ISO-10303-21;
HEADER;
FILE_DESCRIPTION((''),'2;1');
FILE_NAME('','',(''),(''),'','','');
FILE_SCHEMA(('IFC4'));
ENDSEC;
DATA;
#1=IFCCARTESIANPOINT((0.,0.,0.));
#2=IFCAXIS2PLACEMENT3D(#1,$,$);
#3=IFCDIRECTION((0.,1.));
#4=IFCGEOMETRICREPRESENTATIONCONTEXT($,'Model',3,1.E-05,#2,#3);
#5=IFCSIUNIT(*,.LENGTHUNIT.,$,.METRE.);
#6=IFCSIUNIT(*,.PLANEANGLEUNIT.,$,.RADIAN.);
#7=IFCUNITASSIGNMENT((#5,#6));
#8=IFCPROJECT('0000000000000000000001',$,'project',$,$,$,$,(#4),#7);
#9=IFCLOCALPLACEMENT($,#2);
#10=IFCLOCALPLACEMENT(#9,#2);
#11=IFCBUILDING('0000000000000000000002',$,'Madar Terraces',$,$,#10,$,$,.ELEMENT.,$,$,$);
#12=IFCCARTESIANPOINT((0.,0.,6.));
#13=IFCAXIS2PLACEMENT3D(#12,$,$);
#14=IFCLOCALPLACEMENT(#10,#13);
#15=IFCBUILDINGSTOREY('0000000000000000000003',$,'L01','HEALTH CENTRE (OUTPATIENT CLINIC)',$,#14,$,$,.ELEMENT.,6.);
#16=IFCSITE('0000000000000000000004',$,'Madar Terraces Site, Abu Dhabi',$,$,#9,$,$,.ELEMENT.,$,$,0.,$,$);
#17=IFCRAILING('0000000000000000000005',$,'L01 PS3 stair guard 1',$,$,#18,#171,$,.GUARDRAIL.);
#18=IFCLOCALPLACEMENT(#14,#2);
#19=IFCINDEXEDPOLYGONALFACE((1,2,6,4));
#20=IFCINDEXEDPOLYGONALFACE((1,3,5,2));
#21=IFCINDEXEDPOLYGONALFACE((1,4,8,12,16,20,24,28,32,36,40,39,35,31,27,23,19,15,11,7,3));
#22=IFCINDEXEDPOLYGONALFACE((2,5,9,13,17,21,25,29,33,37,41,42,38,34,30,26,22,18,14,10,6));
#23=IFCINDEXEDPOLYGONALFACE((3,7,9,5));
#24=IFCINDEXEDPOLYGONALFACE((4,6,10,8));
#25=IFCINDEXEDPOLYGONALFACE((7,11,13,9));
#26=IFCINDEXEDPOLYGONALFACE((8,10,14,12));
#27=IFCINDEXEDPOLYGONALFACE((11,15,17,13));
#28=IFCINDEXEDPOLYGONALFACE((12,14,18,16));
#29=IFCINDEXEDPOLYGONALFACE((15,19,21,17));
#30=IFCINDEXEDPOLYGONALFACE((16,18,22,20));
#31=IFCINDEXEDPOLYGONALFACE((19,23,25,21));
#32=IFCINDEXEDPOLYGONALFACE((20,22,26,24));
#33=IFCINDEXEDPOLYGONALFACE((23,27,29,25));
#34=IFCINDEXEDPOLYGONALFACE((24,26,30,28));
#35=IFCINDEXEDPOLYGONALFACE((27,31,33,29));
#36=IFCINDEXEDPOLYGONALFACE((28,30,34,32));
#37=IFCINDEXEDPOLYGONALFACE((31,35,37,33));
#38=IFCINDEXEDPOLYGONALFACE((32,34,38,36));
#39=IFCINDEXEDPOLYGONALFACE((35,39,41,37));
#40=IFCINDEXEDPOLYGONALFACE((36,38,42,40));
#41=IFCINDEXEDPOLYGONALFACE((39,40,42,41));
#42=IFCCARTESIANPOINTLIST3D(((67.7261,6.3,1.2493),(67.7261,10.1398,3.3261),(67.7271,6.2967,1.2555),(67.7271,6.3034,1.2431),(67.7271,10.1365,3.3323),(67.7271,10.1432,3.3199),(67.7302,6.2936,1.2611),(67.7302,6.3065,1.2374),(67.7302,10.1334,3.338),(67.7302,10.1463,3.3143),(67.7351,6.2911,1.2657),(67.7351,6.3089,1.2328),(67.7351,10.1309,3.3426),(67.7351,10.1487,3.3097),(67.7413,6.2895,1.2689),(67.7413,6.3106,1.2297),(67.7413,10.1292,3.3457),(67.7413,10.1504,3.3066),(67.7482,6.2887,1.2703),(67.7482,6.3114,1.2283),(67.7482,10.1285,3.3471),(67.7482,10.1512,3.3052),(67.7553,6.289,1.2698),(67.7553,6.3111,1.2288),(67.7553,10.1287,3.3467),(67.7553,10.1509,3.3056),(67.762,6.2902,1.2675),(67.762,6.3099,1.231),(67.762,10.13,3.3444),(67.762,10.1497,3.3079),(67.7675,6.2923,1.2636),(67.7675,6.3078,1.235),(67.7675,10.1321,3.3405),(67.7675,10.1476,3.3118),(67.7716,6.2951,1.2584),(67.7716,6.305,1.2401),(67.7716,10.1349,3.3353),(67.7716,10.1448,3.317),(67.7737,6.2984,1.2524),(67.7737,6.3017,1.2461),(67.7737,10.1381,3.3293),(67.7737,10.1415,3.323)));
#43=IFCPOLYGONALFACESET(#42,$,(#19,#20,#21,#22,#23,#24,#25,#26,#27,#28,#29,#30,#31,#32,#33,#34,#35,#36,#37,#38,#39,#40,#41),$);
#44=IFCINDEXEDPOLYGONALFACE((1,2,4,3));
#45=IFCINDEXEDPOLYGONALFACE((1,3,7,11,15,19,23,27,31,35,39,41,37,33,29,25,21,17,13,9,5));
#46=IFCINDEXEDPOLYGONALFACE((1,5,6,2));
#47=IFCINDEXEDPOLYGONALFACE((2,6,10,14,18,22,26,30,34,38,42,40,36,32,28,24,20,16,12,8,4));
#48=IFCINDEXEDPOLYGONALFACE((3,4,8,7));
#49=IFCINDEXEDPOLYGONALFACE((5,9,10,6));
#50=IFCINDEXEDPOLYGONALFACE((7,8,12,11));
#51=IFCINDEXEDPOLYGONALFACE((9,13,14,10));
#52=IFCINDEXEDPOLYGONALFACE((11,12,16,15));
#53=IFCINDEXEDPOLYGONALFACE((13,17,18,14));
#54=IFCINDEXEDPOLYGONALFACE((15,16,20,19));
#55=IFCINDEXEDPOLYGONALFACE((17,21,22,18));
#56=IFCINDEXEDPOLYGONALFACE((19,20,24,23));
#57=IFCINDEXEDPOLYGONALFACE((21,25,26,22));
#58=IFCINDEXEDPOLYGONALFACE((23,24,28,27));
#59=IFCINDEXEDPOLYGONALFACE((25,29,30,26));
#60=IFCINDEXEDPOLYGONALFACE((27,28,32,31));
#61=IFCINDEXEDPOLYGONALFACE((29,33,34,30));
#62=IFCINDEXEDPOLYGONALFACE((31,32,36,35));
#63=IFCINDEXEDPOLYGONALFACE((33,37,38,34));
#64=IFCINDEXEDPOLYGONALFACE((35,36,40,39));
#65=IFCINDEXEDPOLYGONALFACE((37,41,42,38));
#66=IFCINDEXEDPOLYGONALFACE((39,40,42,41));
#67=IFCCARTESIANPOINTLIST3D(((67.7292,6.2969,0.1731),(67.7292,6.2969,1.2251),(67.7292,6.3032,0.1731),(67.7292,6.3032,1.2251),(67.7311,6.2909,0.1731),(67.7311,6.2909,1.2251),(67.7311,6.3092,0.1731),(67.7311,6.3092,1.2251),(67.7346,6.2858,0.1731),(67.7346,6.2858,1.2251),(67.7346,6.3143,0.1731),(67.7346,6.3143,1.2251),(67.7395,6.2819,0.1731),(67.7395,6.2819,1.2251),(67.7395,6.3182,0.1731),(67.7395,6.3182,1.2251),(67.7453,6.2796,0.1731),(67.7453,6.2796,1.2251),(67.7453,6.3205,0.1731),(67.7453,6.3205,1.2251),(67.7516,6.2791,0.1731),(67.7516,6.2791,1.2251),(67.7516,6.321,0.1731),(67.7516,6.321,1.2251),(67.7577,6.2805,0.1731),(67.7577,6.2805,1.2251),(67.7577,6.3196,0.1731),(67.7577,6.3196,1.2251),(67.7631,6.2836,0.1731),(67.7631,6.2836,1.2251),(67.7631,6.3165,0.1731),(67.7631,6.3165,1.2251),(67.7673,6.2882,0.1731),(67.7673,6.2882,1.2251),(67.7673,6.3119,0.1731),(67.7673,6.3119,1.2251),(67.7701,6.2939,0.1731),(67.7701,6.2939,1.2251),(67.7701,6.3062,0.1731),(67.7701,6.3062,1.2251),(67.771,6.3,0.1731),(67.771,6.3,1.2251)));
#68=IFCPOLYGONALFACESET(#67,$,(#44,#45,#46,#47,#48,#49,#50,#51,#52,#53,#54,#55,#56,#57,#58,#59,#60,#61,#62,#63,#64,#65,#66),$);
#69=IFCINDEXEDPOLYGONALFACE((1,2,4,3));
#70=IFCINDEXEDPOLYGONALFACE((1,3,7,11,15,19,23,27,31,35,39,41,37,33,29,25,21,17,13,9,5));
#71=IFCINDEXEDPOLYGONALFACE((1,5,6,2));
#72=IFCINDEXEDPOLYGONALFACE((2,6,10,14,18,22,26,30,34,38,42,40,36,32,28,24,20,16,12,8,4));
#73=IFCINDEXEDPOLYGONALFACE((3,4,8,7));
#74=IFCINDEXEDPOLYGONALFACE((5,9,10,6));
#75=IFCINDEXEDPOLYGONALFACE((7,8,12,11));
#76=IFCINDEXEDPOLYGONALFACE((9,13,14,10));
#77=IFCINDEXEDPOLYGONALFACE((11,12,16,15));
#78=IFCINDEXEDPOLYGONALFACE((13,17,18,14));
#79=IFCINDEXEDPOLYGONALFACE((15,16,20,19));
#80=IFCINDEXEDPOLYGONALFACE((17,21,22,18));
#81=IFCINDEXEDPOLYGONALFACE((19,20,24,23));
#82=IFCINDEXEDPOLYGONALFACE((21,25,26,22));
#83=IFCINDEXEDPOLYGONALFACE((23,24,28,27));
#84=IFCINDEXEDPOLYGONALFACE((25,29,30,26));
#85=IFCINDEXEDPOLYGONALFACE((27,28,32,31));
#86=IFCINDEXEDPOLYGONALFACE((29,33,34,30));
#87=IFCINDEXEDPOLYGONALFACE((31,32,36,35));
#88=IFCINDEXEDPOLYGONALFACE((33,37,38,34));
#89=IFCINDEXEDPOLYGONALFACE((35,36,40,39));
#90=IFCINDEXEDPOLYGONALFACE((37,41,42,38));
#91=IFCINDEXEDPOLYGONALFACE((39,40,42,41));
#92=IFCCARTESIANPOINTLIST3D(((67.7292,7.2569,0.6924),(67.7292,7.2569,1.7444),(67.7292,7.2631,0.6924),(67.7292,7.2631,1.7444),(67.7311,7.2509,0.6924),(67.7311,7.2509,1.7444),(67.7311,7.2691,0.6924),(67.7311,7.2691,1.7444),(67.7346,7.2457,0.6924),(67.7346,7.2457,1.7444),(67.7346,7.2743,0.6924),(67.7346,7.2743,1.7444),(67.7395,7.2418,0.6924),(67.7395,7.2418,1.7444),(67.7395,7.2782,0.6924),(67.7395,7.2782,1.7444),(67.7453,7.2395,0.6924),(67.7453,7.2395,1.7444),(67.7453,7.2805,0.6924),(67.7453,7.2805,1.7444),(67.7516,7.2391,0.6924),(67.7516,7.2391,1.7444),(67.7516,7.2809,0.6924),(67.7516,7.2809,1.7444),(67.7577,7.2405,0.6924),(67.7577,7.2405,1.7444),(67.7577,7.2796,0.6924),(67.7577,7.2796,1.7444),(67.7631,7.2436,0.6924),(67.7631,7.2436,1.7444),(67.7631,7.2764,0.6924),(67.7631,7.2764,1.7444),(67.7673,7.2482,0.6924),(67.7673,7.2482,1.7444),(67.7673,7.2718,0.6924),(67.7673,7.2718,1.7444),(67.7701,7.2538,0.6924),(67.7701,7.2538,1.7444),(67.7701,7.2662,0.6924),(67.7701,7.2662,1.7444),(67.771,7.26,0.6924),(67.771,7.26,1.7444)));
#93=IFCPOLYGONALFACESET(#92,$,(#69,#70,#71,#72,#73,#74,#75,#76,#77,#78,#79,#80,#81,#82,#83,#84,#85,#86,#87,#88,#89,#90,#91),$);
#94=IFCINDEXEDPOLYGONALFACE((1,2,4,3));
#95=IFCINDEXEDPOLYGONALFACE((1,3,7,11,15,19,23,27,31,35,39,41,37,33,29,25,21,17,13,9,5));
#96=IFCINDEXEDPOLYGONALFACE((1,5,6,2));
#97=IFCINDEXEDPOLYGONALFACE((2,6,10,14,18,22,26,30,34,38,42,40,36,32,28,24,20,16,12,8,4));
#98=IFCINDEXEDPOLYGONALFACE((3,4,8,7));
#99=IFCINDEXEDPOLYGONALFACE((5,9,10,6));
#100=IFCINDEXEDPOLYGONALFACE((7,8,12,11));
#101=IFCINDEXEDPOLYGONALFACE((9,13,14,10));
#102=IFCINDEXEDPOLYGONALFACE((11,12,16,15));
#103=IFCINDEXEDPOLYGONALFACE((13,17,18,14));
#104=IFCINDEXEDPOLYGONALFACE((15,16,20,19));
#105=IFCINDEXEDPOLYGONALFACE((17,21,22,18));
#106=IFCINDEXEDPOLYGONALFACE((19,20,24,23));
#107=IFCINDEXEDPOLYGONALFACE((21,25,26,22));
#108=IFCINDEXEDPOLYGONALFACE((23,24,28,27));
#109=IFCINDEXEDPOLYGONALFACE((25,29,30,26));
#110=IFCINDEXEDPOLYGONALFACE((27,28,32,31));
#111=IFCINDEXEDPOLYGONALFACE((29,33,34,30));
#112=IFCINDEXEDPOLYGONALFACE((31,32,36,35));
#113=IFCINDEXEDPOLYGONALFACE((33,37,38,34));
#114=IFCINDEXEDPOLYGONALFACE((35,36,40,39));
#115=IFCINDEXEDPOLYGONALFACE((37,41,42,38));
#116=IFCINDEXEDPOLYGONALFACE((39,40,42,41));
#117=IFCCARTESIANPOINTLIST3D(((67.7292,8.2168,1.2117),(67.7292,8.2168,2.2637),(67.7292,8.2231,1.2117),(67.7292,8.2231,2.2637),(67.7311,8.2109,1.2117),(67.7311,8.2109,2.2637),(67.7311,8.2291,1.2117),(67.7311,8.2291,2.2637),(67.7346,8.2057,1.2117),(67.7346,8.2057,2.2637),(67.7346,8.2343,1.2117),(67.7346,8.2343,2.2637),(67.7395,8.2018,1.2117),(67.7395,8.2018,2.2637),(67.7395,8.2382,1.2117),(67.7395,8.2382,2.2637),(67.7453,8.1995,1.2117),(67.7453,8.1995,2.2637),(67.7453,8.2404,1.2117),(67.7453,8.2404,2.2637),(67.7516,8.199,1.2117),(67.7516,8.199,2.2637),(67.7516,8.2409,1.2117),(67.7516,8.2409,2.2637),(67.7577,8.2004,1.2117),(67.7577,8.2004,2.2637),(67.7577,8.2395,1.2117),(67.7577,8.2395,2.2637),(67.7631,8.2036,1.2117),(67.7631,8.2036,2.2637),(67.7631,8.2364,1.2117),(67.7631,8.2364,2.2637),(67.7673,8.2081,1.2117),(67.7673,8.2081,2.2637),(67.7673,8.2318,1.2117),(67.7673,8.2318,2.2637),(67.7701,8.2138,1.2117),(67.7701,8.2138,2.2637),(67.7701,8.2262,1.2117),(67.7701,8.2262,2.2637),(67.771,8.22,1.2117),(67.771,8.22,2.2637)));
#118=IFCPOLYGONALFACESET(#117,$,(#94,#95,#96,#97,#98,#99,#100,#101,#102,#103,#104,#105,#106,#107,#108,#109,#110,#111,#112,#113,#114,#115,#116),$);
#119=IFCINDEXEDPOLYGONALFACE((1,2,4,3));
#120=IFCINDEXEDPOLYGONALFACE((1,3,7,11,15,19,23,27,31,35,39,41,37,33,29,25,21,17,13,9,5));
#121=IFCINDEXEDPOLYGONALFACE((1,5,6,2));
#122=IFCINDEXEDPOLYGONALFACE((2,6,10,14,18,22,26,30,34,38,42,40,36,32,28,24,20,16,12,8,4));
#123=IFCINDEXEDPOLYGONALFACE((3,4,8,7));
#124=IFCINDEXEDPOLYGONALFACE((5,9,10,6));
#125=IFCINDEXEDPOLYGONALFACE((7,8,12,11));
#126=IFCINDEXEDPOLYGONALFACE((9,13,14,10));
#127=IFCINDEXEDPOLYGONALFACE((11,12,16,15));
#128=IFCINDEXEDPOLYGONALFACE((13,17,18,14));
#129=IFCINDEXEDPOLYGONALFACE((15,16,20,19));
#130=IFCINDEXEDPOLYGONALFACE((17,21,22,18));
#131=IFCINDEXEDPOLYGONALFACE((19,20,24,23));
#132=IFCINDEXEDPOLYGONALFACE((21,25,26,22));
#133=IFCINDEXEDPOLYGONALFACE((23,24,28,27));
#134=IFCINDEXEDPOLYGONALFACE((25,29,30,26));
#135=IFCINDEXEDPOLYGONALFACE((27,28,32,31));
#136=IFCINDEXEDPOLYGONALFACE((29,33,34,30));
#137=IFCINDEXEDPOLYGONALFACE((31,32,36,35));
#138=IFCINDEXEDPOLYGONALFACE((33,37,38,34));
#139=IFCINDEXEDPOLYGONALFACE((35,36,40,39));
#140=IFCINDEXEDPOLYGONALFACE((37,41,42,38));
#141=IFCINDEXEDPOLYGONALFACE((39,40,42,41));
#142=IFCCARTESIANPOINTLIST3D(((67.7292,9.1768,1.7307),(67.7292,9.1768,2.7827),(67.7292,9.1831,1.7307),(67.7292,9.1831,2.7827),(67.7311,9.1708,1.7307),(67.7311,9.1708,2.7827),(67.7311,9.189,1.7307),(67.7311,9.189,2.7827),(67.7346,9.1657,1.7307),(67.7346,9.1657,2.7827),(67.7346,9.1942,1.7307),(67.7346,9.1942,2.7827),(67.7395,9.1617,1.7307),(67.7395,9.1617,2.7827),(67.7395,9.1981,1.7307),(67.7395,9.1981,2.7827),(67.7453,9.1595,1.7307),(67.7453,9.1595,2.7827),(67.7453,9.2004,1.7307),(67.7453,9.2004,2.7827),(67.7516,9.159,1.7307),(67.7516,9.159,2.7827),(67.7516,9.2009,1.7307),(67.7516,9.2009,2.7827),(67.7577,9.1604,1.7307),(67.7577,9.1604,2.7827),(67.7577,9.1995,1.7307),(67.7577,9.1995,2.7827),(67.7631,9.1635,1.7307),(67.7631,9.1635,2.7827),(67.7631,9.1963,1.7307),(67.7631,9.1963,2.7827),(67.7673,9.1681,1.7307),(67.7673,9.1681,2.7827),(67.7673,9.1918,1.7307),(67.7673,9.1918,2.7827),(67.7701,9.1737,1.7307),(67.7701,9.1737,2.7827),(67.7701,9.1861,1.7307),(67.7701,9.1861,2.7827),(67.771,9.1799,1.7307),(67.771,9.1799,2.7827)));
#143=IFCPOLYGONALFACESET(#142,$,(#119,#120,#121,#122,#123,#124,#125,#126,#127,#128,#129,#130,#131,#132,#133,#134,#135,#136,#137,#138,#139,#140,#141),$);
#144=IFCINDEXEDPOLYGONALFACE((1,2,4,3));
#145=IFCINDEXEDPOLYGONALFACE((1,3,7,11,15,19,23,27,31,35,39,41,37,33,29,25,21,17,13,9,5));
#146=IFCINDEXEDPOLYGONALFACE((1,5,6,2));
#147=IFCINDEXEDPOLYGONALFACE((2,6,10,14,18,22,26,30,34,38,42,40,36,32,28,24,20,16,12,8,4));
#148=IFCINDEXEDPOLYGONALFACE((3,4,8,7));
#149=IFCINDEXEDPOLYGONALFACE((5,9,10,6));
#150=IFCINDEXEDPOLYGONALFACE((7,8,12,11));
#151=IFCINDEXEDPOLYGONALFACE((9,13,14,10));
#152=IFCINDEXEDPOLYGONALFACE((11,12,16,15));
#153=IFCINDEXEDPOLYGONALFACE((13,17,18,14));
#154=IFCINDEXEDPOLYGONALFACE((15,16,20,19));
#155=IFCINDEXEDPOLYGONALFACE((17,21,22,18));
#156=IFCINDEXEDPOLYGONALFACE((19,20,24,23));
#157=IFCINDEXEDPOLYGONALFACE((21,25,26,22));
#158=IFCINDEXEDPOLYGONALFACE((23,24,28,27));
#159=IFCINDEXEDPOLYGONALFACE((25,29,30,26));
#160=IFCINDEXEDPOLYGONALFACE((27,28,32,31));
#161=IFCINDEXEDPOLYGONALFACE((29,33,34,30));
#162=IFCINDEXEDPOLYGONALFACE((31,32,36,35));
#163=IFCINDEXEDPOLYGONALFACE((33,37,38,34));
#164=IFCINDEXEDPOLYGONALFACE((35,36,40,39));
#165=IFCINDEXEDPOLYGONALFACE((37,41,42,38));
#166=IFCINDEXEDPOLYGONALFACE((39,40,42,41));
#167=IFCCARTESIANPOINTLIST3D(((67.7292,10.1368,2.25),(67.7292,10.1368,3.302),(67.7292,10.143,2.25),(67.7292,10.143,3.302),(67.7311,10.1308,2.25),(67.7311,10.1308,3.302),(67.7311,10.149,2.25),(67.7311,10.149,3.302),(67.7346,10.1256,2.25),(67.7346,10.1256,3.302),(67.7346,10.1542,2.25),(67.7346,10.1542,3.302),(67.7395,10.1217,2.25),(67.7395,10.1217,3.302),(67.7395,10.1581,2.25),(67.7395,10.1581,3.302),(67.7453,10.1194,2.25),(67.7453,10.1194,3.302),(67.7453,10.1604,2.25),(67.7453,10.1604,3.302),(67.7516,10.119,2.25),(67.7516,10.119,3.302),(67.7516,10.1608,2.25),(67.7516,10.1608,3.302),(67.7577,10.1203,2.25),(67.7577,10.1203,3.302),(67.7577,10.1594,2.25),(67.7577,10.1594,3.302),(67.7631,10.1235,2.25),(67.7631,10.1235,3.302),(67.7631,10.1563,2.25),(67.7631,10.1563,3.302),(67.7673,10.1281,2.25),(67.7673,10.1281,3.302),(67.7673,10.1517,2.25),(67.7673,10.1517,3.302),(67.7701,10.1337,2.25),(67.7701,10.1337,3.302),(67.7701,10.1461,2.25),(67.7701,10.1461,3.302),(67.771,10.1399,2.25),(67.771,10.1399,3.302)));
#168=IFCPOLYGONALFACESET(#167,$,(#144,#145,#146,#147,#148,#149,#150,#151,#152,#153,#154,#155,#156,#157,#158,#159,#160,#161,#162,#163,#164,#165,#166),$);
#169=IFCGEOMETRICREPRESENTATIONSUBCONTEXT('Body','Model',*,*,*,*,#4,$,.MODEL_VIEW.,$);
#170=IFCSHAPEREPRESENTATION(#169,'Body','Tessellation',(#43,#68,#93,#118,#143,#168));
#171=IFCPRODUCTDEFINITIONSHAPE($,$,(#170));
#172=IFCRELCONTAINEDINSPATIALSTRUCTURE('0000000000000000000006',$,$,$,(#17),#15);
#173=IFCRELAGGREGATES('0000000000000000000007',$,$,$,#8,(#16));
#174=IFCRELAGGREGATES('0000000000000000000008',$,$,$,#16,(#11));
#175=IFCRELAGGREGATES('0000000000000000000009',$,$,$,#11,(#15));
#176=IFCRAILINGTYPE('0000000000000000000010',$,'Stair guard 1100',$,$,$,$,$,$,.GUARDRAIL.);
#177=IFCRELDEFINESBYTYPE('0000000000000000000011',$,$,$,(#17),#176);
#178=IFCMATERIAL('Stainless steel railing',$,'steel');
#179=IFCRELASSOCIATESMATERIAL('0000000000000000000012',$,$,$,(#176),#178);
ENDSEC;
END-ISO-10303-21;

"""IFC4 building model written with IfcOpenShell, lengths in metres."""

from ifc_helpers import new_model, si_unit, direction, frame, origin, origin_2d, place, context, subcontext, project, spatial, circle, extrude, material, type_object, element, save


model = new_model("IFC4")

# Units and contexts
model_context = context("Model", 3, precision=1e-05, world=origin(), true_north=direction((0.0, 1.0)))
body_context = subcontext(model_context, "Body", "Model", "MODEL_VIEW")
ifc_project = project(units=[si_unit("LENGTHUNIT", "METRE"), si_unit("PLANEANGLEUNIT", "RADIAN")], contexts=[model_context])

# Site, building, storey
site_placement = place(None, origin())
site = spatial("IfcSite", under=ifc_project, at=site_placement, Name="Madar Terraces Site, Abu Dhabi", CompositionType="ELEMENT", RefElevation=0.0)
building_placement = place(site_placement, origin())
building = spatial("IfcBuilding", under=site, at=building_placement, Name="Madar Terraces", CompositionType="ELEMENT")
storey_placement = place(building_placement, frame((0.0, 0.0, 6.0)))
storey = spatial("IfcBuildingStorey", under=building, at=storey_placement, Name="L01", Description="HEALTH CENTRE (OUTPATIENT CLINIC)", CompositionType="ELEMENT", Elevation=6.0)

# Railing
ifc_material_1 = material(Name="Stainless steel railing", Category="steel")
railing_type_1 = type_object("IfcRailingType", Name="Stair guard 1100", PredefinedType="GUARDRAIL", material=ifc_material_1)
railing_1_placement = place(storey_placement, frame((67.75, 6.3, 0.1731)))
element("IfcRailing", 1, at=railing_1_placement, inside=storey, type_object=railing_type_1, Name="L01 PS3 stair guard 1", PredefinedType="GUARDRAIL", context=body_context, shape_type="SweptSolid", body=[
    extrude(circle(Radius=0.0239, at=origin_2d()), frame((0.0, 0.0, 1.0762), z_axis=(0.0, 0.879581, 0.47575), x_axis=(-1.0, 0.0, 0.0)), (0.0, 0.0, 1.0), 4.3655),
    extrude(circle(Radius=0.021, at=origin_2d()), origin(), (0.0, 0.0, 1.0), 1.052),
    extrude(circle(Radius=0.021, at=origin_2d()), frame((0.0, 0.96, 0.5193)), (0.0, 0.0, 1.0), 1.052),
    extrude(circle(Radius=0.021, at=origin_2d()), frame((0.0, 1.9199, 1.0386)), (0.0, 0.0, 1.0), 1.052),
    extrude(circle(Radius=0.021, at=origin_2d()), frame((0.0, 2.8799, 1.5576)), (0.0, 0.0, 1.0), 1.052),
    extrude(circle(Radius=0.021, at=origin_2d()), frame((0.0, 3.8398, 2.0769)), (0.0, 0.0, 1.0), 1.052),
])

save(model, "model.ifc")
